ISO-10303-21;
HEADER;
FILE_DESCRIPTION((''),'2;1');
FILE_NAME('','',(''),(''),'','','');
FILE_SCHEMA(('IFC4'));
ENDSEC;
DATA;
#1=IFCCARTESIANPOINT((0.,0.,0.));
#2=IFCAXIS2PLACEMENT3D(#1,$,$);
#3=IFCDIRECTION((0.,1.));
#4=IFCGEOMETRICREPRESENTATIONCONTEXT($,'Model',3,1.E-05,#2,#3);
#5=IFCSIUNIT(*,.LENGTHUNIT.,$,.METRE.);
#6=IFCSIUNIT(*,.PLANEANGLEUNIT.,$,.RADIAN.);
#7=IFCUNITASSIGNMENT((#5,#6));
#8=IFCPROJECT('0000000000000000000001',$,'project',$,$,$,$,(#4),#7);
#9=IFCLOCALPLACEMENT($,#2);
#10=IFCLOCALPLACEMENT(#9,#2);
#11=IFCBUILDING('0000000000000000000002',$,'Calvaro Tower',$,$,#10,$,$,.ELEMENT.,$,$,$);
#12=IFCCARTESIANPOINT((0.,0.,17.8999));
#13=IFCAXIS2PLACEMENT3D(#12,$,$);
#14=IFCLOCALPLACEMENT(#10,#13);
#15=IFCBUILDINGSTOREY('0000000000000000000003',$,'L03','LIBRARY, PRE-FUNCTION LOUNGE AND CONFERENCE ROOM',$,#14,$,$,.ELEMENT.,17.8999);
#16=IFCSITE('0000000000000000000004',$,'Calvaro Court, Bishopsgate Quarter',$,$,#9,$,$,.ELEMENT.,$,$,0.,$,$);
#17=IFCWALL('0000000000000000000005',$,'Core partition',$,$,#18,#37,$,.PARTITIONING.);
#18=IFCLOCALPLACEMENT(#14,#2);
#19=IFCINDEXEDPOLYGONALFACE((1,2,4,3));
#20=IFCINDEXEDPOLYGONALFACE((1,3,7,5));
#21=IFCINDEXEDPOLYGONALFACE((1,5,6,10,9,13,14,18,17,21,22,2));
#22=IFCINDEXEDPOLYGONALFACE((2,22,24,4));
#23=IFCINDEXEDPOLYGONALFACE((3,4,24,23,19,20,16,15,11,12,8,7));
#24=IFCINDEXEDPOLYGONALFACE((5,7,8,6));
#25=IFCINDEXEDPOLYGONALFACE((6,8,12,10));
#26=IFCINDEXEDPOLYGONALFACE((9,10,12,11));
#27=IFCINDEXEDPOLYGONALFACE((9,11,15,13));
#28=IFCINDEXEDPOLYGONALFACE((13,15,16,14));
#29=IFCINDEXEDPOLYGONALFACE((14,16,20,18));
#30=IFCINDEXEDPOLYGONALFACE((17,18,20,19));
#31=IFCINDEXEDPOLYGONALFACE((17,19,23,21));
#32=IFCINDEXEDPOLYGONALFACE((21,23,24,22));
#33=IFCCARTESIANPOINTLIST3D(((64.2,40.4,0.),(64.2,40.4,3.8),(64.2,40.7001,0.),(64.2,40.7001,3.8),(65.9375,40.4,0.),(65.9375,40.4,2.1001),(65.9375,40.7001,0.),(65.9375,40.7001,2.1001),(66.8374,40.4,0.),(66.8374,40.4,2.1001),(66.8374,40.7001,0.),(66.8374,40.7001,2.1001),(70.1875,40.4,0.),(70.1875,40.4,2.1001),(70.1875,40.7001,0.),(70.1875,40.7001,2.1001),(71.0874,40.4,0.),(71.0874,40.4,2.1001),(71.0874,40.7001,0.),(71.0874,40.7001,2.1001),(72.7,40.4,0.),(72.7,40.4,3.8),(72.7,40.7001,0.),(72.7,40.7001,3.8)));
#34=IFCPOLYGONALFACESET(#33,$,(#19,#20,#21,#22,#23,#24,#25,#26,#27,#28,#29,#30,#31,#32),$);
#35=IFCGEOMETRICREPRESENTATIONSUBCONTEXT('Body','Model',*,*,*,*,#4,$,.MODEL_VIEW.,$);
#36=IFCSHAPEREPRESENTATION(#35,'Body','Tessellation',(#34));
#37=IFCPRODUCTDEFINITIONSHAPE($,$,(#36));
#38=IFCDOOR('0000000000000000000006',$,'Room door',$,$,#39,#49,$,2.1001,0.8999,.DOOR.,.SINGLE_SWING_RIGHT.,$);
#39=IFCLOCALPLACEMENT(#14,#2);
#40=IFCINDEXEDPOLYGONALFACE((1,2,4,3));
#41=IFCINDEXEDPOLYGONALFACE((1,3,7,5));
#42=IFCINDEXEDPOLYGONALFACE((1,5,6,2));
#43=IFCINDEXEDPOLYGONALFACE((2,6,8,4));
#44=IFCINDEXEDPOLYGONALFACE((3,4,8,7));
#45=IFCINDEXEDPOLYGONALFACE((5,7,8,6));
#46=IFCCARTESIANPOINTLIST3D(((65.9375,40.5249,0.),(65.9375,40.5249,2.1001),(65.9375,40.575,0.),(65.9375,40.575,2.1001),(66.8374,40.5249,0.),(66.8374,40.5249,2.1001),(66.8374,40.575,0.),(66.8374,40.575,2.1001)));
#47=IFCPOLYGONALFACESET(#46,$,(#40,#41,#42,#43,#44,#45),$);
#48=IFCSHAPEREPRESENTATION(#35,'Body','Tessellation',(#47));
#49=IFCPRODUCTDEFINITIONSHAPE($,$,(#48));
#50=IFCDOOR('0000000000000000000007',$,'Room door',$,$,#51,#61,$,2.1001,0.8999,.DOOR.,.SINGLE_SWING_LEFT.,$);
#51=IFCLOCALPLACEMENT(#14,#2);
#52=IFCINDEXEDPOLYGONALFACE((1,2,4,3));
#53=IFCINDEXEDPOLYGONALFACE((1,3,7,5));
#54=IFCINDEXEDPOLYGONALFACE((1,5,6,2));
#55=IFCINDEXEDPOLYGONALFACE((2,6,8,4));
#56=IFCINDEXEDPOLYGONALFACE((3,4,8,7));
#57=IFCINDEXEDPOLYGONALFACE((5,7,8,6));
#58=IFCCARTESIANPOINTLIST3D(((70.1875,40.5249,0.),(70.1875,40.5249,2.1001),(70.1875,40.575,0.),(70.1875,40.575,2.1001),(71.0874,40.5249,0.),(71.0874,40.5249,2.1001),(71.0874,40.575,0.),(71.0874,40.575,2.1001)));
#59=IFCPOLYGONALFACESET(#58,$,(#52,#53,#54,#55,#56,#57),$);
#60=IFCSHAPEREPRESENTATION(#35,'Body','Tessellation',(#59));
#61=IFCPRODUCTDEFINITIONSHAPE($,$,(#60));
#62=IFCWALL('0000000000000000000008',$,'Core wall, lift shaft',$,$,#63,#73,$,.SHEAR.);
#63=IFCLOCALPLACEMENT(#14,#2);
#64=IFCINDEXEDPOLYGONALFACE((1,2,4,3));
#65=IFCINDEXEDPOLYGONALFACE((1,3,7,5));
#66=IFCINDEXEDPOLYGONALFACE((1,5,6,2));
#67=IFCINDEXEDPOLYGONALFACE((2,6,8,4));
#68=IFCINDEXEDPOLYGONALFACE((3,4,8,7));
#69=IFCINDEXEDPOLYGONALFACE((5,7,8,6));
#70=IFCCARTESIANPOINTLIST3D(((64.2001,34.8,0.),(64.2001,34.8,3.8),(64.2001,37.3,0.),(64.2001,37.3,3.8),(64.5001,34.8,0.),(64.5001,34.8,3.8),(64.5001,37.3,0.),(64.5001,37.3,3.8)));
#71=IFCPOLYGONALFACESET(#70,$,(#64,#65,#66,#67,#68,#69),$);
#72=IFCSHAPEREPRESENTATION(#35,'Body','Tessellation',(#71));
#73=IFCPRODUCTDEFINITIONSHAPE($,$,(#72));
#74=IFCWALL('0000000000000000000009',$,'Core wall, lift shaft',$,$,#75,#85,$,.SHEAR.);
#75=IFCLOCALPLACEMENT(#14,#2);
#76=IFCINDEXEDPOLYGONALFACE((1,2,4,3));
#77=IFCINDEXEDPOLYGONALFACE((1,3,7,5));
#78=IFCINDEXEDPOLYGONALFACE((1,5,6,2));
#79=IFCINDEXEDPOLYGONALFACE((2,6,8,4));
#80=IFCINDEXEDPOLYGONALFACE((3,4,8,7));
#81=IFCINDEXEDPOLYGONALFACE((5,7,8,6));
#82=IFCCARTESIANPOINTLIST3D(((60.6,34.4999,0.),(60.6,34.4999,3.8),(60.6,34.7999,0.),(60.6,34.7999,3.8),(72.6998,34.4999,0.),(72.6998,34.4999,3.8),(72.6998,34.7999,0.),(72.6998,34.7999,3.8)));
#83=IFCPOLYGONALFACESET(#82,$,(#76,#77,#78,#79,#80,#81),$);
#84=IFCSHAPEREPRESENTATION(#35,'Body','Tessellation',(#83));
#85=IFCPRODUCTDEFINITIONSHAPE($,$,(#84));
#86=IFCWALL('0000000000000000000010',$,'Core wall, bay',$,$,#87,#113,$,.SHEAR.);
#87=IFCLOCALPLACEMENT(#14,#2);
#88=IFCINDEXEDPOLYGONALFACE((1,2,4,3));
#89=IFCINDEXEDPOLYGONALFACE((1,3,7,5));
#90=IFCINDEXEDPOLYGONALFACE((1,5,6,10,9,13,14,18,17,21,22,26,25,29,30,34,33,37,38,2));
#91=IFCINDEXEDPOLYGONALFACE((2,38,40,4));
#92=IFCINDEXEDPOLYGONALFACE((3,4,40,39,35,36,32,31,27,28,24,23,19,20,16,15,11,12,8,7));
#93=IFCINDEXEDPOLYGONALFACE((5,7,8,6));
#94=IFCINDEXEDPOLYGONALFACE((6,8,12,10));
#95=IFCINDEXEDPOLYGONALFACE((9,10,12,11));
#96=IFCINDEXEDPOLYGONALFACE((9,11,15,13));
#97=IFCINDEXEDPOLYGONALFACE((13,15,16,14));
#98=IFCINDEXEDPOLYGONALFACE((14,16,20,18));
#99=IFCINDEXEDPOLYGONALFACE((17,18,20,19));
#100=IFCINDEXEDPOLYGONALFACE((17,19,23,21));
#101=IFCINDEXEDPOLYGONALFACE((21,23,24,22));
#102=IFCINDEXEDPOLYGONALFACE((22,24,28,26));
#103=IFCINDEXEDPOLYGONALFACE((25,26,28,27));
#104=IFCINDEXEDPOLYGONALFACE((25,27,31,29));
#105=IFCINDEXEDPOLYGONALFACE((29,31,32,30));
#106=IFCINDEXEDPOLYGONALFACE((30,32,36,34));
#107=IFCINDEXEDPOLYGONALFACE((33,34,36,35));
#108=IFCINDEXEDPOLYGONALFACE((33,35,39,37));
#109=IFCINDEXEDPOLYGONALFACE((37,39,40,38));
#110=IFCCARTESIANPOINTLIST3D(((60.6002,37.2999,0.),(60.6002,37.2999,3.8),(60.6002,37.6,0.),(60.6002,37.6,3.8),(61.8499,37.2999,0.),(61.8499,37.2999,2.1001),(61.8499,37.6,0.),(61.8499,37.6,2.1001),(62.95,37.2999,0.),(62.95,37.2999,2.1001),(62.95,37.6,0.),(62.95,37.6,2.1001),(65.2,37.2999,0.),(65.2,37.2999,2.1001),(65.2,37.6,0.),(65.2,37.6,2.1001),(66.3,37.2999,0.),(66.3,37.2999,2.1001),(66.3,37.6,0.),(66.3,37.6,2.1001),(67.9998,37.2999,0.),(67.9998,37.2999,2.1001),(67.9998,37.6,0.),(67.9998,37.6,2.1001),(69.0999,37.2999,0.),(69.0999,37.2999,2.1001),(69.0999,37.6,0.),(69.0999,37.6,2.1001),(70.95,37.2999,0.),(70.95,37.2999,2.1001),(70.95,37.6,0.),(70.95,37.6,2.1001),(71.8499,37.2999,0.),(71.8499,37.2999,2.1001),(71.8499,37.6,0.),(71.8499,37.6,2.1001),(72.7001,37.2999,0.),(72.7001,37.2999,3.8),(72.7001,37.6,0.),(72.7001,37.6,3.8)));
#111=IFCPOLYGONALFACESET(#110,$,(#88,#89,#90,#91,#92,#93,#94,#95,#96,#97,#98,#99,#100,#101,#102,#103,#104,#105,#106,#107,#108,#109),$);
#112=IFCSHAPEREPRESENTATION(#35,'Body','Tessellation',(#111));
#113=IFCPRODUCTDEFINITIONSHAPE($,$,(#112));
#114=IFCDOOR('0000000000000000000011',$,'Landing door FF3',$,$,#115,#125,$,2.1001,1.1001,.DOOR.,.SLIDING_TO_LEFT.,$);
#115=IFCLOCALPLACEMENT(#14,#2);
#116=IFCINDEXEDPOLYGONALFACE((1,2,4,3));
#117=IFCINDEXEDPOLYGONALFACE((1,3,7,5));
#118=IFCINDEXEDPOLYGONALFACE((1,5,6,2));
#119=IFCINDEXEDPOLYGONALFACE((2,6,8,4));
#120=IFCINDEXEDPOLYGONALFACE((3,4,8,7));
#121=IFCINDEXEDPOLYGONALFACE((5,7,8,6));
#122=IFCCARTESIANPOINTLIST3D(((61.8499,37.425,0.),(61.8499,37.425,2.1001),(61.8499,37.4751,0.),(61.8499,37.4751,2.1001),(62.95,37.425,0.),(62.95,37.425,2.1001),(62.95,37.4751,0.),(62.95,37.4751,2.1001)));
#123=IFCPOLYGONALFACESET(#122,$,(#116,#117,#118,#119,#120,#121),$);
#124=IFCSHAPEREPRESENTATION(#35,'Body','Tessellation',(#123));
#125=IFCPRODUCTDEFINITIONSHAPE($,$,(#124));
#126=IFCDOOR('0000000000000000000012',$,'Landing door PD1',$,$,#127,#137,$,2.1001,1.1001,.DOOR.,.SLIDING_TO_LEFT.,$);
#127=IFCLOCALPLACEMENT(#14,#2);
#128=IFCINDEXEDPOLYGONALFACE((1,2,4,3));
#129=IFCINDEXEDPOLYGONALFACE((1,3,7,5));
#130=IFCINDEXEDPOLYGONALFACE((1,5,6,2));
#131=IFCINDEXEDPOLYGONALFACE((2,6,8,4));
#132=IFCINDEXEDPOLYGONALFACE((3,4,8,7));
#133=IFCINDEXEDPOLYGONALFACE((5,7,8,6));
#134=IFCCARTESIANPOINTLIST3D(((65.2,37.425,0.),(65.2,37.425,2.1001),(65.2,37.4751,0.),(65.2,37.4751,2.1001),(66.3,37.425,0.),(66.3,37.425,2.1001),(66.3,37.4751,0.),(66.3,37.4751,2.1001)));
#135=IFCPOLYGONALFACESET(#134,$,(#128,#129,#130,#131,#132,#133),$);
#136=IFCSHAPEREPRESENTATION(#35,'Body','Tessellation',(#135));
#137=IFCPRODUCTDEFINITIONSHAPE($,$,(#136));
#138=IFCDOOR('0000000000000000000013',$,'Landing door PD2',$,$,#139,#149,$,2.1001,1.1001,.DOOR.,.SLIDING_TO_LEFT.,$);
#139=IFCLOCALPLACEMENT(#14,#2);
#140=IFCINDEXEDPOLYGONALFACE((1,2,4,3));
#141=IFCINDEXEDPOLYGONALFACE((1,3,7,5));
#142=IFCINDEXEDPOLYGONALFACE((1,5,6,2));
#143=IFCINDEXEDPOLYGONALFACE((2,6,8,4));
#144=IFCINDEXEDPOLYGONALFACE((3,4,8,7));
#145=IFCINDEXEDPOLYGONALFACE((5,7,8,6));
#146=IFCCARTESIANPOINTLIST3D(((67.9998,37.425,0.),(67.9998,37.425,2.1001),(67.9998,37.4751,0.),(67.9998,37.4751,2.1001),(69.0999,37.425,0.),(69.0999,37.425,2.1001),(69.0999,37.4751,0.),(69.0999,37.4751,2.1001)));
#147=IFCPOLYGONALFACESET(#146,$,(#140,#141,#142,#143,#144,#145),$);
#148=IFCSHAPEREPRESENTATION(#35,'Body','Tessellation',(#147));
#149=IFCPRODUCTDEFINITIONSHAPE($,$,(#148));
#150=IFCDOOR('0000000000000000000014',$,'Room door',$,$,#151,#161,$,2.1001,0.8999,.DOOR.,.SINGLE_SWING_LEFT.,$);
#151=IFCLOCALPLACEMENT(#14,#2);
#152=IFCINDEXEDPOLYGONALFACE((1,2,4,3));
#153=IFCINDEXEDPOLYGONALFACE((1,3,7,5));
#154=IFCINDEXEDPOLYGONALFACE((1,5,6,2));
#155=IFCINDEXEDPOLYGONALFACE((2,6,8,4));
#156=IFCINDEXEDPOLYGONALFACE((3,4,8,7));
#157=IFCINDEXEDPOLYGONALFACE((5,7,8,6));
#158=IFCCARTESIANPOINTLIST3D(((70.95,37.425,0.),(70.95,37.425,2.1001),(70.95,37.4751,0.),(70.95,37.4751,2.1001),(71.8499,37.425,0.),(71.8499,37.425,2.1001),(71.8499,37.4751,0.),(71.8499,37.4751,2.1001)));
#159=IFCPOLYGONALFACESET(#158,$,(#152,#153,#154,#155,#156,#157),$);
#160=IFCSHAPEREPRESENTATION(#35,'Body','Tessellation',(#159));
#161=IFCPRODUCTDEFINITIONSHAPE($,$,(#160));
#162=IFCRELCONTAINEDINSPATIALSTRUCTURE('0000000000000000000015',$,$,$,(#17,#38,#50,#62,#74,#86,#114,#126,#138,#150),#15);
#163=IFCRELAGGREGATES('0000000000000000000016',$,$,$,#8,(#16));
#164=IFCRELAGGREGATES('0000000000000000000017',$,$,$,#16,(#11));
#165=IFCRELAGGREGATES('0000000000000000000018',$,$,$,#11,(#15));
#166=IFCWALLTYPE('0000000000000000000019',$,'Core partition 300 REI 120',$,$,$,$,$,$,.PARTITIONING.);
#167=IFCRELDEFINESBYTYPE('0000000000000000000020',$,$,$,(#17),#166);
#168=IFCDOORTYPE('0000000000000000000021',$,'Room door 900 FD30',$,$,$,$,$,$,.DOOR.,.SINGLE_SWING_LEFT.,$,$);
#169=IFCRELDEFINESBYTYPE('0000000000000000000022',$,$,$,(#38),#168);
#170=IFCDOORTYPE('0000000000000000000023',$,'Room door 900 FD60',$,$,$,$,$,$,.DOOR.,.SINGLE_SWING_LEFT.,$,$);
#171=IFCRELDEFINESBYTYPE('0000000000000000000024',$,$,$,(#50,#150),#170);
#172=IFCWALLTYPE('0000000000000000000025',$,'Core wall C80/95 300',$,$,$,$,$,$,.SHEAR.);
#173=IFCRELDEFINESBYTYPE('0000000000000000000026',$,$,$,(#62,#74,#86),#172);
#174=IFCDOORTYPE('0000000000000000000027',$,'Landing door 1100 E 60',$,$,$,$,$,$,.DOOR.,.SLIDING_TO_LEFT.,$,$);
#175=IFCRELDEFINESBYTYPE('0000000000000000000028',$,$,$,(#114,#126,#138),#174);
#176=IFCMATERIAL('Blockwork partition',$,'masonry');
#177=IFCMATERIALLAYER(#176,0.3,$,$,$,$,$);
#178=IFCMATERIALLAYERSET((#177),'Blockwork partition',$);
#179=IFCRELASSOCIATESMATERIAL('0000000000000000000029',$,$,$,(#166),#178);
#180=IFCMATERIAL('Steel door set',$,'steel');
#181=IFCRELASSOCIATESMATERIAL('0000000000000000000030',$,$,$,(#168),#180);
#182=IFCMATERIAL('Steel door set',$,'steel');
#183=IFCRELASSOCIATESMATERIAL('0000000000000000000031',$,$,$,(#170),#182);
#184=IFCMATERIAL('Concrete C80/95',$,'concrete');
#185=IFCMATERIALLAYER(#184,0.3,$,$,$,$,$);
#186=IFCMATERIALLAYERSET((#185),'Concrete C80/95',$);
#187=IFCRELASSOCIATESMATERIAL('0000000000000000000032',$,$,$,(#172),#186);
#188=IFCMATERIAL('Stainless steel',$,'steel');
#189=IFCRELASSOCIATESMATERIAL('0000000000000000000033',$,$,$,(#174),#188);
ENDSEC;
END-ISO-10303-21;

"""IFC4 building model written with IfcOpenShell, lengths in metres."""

from ifc_helpers import new_model, si_unit, direction, frame, frame_2d, origin, place, context, subcontext, project, spatial, rectangle, extrude, material, layer, layer_set, type_object, element, fill, save


model = new_model("IFC4")

# Units and contexts
model_context = context("Model", 3, precision=1e-05, world=origin(), true_north=direction((0.0, 1.0)))
body_context = subcontext(model_context, "Body", "Model", "MODEL_VIEW")
ifc_project = project(units=[si_unit("LENGTHUNIT", "METRE"), si_unit("PLANEANGLEUNIT", "RADIAN")], contexts=[model_context])

# Site, building, storey
site_placement = place(None, origin())
site = spatial("IfcSite", under=ifc_project, at=site_placement, Name="Calvaro Court, Bishopsgate Quarter", CompositionType="ELEMENT", RefElevation=0.0)
building_placement = place(site_placement, origin())
building = spatial("IfcBuilding", under=site, at=building_placement, Name="Calvaro Tower", CompositionType="ELEMENT")
storey_placement = place(building_placement, frame((0.0, 0.0, 17.8999)))
storey = spatial("IfcBuildingStorey", under=building, at=storey_placement, Name="L03", Description="LIBRARY, PRE-FUNCTION LOUNGE AND CONFERENCE ROOM", CompositionType="ELEMENT", Elevation=17.8999)

# Shared definitions
ifc_material_1 = material(Name="Blockwork partition", Category="masonry")
ifc_layer_1 = layer(ifc_material_1, 0.3)
ifc_layer_set_1 = layer_set([ifc_layer_1], Name="Blockwork partition")
wall_type_1 = type_object("IfcWallType", Name="Core partition 300 REI 120", PredefinedType="PARTITIONING", material=ifc_layer_set_1)
ifc_material_2 = material(Name="Steel door set", Category="steel")
door_type_1 = type_object("IfcDoorType", Name="Room door 900 FD30", OperationType="SINGLE_SWING_LEFT", PredefinedType="DOOR", material=ifc_material_2)

# Wall, openings, doors
wall_1_placement = place(storey_placement, frame((64.2, 40.55, 0.0), z_axis=(0.0, 0.0, 1.0), x_axis=(1.0, 0.0, 0.0)))
wall_1 = element("IfcWall", 1, at=wall_1_placement, inside=storey, type_object=wall_type_1, Name="Core partition", PredefinedType="PARTITIONING", context=body_context, shape_type="SweptSolid", body=[
    extrude(rectangle(XDim=8.5, YDim=0.3, at=frame_2d((4.25, 0.0))), origin(), (0.0, 0.0, 1.0), 3.8),
])
opening_1_placement = place(wall_1_placement, frame((1.7375, 0.0, 0.0)))
opening_1 = element("IfcOpeningElement", 2, at=opening_1_placement, cuts=wall_1, PredefinedType="OPENING", context=body_context, shape_type="SweptSolid", body=[
    extrude(rectangle(XDim=0.8999, YDim=2.1001, at=frame_2d((0.45, 1.05))), frame((0.0, 0.1599, 0.0), z_axis=(0.0, -1.0, 0.0), x_axis=(1.0, 0.0, 0.0)), (0.0, 0.0, 1.0), 0.3201),
])
opening_2_placement = place(wall_1_placement, frame((5.9875, 0.0, 0.0)))
opening_2 = element("IfcOpeningElement", 3, at=opening_2_placement, cuts=wall_1, PredefinedType="OPENING", context=body_context, shape_type="SweptSolid", body=[
    extrude(rectangle(XDim=0.8999, YDim=2.1001, at=frame_2d((0.45, 1.05))), frame((0.0, 0.1599, 0.0), z_axis=(0.0, -1.0, 0.0), x_axis=(1.0, 0.0, 0.0)), (0.0, 0.0, 1.0), 0.3201),
])
door_1_placement = place(opening_1_placement, origin())
door_1 = element("IfcDoor", 4, at=door_1_placement, inside=storey, type_object=door_type_1, Name="Room door", OperationType="SINGLE_SWING_RIGHT", OverallHeight=2.1001, OverallWidth=0.8999, PredefinedType="DOOR", context=body_context, shape_type="SweptSolid", body=[
    extrude(rectangle(XDim=0.8999, YDim=2.1001, at=frame_2d((0.45, 1.05))), frame((0.0, 0.0249, 0.0), z_axis=(0.0, -1.0, 0.0), x_axis=(1.0, 0.0, 0.0)), (0.0, 0.0, 1.0), 0.05),
])
fill(opening_1, door_1)
ifc_material_3 = material(Name="Steel door set", Category="steel")
door_type_2 = type_object("IfcDoorType", Name="Room door 900 FD60", OperationType="SINGLE_SWING_LEFT", PredefinedType="DOOR", material=ifc_material_3)
door_2_placement = place(opening_2_placement, origin())
door_2 = element("IfcDoor", 5, at=door_2_placement, inside=storey, type_object=door_type_2, Name="Room door", OperationType="SINGLE_SWING_LEFT", OverallHeight=2.1001, OverallWidth=0.8999, PredefinedType="DOOR", context=body_context, shape_type="SweptSolid", body=[
    extrude(rectangle(XDim=0.8999, YDim=2.1001, at=frame_2d((0.45, 1.05))), frame((0.0, 0.0249, 0.0), z_axis=(0.0, -1.0, 0.0), x_axis=(1.0, 0.0, 0.0)), (0.0, 0.0, 1.0), 0.05),
])
fill(opening_2, door_2)

# Walls
ifc_material_4 = material(Name="Concrete C80/95", Category="concrete")
ifc_layer_2 = layer(ifc_material_4, 0.3)
ifc_layer_set_2 = layer_set([ifc_layer_2], Name="Concrete C80/95")
wall_type_2 = type_object("IfcWallType", Name="Core wall C80/95 300", PredefinedType="SHEAR", material=ifc_layer_set_2)
wall_2_placement = place(storey_placement, frame((64.3501, 34.8, 0.0), z_axis=(0.0, 0.0, 1.0), x_axis=(0.0, 1.0, 0.0)))
element("IfcWall", 6, at=wall_2_placement, inside=storey, type_object=wall_type_2, Name="Core wall, lift shaft", PredefinedType="SHEAR", context=body_context, shape_type="SweptSolid", body=[
    extrude(rectangle(XDim=2.5, YDim=0.3, at=frame_2d((1.25, 0.0))), origin(), (0.0, 0.0, 1.0), 3.8),
])
wall_3_placement = place(storey_placement, frame((60.6001, 34.6499, 0.0), z_axis=(0.0, 0.0, 1.0), x_axis=(1.0, 0.0, 0.0)))
element("IfcWall", 7, at=wall_3_placement, inside=storey, type_object=wall_type_2, Name="Core wall, lift shaft", PredefinedType="SHEAR", context=body_context, shape_type="SweptSolid", body=[
    extrude(rectangle(XDim=12.0999, YDim=0.3, at=frame_2d((6.0498, 0.0))), origin(), (0.0, 0.0, 1.0), 3.8),
])

# Wall, openings, doors
wall_4_placement = place(storey_placement, frame((72.7, 37.45, 0.0), z_axis=(0.0, 0.0, 1.0), x_axis=(-1.0, 0.0, 0.0)))
wall_4 = element("IfcWall", 8, at=wall_4_placement, inside=storey, type_object=wall_type_2, Name="Core wall, bay", PredefinedType="SHEAR", context=body_context, shape_type="SweptSolid", body=[
    extrude(rectangle(XDim=12.0999, YDim=0.3, at=frame_2d((6.0498, 0.0))), origin(), (0.0, 0.0, 1.0), 3.8),
])
opening_3_placement = place(wall_4_placement, frame((0.8501, 0.0, 0.0)))
opening_3 = element("IfcOpeningElement", 9, at=opening_3_placement, cuts=wall_4, PredefinedType="OPENING", context=body_context, shape_type="SweptSolid", body=[
    extrude(rectangle(XDim=0.8999, YDim=2.1001, at=frame_2d((0.45, 1.05))), frame((0.0, 0.1599, 0.0), z_axis=(0.0, -1.0, 0.0), x_axis=(1.0, 0.0, 0.0)), (0.0, 0.0, 1.0), 0.3201),
])
opening_4_placement = place(wall_4_placement, frame((9.75, 0.0, 0.0)))
opening_4 = element("IfcOpeningElement", 10, at=opening_4_placement, cuts=wall_4, PredefinedType="OPENING", context=body_context, shape_type="SweptSolid", body=[
    extrude(rectangle(XDim=1.1001, YDim=2.1001, at=frame_2d((0.55, 1.05))), frame((0.0, 0.1599, 0.0), z_axis=(0.0, -1.0, 0.0), x_axis=(1.0, 0.0, 0.0)), (0.0, 0.0, 1.0), 0.3201),
])
opening_5_placement = place(wall_4_placement, frame((6.3999, 0.0, 0.0)))
opening_5 = element("IfcOpeningElement", 11, at=opening_5_placement, cuts=wall_4, PredefinedType="OPENING", context=body_context, shape_type="SweptSolid", body=[
    extrude(rectangle(XDim=1.1001, YDim=2.1001, at=frame_2d((0.55, 1.05))), frame((0.0, 0.1599, 0.0), z_axis=(0.0, -1.0, 0.0), x_axis=(1.0, 0.0, 0.0)), (0.0, 0.0, 1.0), 0.3201),
])
opening_6_placement = place(wall_4_placement, frame((3.6001, 0.0, 0.0)))
opening_6 = element("IfcOpeningElement", 12, at=opening_6_placement, cuts=wall_4, PredefinedType="OPENING", context=body_context, shape_type="SweptSolid", body=[
    extrude(rectangle(XDim=1.1001, YDim=2.1001, at=frame_2d((0.55, 1.05))), frame((0.0, 0.1599, 0.0), z_axis=(0.0, -1.0, 0.0), x_axis=(1.0, 0.0, 0.0)), (0.0, 0.0, 1.0), 0.3201),
])
ifc_material_5 = material(Name="Stainless steel", Category="steel")
door_type_3 = type_object("IfcDoorType", Name="Landing door 1100 E 60", OperationType="SLIDING_TO_LEFT", PredefinedType="DOOR", material=ifc_material_5)
door_3_placement = place(opening_4_placement, origin())
door_3 = element("IfcDoor", 13, at=door_3_placement, inside=storey, type_object=door_type_3, Name="Landing door FF3", OperationType="SLIDING_TO_LEFT", OverallHeight=2.1001, OverallWidth=1.1001, PredefinedType="DOOR", context=body_context, shape_type="SweptSolid", body=[
    extrude(rectangle(XDim=1.1001, YDim=2.1001, at=frame_2d((0.55, 1.05))), frame((0.0, 0.0249, 0.0), z_axis=(0.0, -1.0, 0.0), x_axis=(1.0, 0.0, 0.0)), (0.0, 0.0, 1.0), 0.05),
])
fill(opening_4, door_3)
door_4_placement = place(opening_5_placement, origin())
door_4 = element("IfcDoor", 14, at=door_4_placement, inside=storey, type_object=door_type_3, Name="Landing door PD1", OperationType="SLIDING_TO_LEFT", OverallHeight=2.1001, OverallWidth=1.1001, PredefinedType="DOOR", context=body_context, shape_type="SweptSolid", body=[
    extrude(rectangle(XDim=1.1001, YDim=2.1001, at=frame_2d((0.55, 1.05))), frame((0.0, 0.0249, 0.0), z_axis=(0.0, -1.0, 0.0), x_axis=(1.0, 0.0, 0.0)), (0.0, 0.0, 1.0), 0.05),
])
fill(opening_5, door_4)
door_5_placement = place(opening_6_placement, origin())
door_5 = element("IfcDoor", 15, at=door_5_placement, inside=storey, type_object=door_type_3, Name="Landing door PD2", OperationType="SLIDING_TO_LEFT", OverallHeight=2.1001, OverallWidth=1.1001, PredefinedType="DOOR", context=body_context, shape_type="SweptSolid", body=[
    extrude(rectangle(XDim=1.1001, YDim=2.1001, at=frame_2d((0.55, 1.05))), frame((0.0, 0.0249, 0.0), z_axis=(0.0, -1.0, 0.0), x_axis=(1.0, 0.0, 0.0)), (0.0, 0.0, 1.0), 0.05),
])
fill(opening_6, door_5)
door_6_placement = place(opening_3_placement, origin())
door_6 = element("IfcDoor", 16, at=door_6_placement, inside=storey, type_object=door_type_2, Name="Room door", OperationType="SINGLE_SWING_LEFT", OverallHeight=2.1001, OverallWidth=0.8999, PredefinedType="DOOR", context=body_context, shape_type="SweptSolid", body=[
    extrude(rectangle(XDim=0.8999, YDim=2.1001, at=frame_2d((0.45, 1.05))), frame((0.0, 0.0249, 0.0), z_axis=(0.0, -1.0, 0.0), x_axis=(1.0, 0.0, 0.0)), (0.0, 0.0, 1.0), 0.05),
])
fill(opening_3, door_6)

save(model, "model.ifc")
